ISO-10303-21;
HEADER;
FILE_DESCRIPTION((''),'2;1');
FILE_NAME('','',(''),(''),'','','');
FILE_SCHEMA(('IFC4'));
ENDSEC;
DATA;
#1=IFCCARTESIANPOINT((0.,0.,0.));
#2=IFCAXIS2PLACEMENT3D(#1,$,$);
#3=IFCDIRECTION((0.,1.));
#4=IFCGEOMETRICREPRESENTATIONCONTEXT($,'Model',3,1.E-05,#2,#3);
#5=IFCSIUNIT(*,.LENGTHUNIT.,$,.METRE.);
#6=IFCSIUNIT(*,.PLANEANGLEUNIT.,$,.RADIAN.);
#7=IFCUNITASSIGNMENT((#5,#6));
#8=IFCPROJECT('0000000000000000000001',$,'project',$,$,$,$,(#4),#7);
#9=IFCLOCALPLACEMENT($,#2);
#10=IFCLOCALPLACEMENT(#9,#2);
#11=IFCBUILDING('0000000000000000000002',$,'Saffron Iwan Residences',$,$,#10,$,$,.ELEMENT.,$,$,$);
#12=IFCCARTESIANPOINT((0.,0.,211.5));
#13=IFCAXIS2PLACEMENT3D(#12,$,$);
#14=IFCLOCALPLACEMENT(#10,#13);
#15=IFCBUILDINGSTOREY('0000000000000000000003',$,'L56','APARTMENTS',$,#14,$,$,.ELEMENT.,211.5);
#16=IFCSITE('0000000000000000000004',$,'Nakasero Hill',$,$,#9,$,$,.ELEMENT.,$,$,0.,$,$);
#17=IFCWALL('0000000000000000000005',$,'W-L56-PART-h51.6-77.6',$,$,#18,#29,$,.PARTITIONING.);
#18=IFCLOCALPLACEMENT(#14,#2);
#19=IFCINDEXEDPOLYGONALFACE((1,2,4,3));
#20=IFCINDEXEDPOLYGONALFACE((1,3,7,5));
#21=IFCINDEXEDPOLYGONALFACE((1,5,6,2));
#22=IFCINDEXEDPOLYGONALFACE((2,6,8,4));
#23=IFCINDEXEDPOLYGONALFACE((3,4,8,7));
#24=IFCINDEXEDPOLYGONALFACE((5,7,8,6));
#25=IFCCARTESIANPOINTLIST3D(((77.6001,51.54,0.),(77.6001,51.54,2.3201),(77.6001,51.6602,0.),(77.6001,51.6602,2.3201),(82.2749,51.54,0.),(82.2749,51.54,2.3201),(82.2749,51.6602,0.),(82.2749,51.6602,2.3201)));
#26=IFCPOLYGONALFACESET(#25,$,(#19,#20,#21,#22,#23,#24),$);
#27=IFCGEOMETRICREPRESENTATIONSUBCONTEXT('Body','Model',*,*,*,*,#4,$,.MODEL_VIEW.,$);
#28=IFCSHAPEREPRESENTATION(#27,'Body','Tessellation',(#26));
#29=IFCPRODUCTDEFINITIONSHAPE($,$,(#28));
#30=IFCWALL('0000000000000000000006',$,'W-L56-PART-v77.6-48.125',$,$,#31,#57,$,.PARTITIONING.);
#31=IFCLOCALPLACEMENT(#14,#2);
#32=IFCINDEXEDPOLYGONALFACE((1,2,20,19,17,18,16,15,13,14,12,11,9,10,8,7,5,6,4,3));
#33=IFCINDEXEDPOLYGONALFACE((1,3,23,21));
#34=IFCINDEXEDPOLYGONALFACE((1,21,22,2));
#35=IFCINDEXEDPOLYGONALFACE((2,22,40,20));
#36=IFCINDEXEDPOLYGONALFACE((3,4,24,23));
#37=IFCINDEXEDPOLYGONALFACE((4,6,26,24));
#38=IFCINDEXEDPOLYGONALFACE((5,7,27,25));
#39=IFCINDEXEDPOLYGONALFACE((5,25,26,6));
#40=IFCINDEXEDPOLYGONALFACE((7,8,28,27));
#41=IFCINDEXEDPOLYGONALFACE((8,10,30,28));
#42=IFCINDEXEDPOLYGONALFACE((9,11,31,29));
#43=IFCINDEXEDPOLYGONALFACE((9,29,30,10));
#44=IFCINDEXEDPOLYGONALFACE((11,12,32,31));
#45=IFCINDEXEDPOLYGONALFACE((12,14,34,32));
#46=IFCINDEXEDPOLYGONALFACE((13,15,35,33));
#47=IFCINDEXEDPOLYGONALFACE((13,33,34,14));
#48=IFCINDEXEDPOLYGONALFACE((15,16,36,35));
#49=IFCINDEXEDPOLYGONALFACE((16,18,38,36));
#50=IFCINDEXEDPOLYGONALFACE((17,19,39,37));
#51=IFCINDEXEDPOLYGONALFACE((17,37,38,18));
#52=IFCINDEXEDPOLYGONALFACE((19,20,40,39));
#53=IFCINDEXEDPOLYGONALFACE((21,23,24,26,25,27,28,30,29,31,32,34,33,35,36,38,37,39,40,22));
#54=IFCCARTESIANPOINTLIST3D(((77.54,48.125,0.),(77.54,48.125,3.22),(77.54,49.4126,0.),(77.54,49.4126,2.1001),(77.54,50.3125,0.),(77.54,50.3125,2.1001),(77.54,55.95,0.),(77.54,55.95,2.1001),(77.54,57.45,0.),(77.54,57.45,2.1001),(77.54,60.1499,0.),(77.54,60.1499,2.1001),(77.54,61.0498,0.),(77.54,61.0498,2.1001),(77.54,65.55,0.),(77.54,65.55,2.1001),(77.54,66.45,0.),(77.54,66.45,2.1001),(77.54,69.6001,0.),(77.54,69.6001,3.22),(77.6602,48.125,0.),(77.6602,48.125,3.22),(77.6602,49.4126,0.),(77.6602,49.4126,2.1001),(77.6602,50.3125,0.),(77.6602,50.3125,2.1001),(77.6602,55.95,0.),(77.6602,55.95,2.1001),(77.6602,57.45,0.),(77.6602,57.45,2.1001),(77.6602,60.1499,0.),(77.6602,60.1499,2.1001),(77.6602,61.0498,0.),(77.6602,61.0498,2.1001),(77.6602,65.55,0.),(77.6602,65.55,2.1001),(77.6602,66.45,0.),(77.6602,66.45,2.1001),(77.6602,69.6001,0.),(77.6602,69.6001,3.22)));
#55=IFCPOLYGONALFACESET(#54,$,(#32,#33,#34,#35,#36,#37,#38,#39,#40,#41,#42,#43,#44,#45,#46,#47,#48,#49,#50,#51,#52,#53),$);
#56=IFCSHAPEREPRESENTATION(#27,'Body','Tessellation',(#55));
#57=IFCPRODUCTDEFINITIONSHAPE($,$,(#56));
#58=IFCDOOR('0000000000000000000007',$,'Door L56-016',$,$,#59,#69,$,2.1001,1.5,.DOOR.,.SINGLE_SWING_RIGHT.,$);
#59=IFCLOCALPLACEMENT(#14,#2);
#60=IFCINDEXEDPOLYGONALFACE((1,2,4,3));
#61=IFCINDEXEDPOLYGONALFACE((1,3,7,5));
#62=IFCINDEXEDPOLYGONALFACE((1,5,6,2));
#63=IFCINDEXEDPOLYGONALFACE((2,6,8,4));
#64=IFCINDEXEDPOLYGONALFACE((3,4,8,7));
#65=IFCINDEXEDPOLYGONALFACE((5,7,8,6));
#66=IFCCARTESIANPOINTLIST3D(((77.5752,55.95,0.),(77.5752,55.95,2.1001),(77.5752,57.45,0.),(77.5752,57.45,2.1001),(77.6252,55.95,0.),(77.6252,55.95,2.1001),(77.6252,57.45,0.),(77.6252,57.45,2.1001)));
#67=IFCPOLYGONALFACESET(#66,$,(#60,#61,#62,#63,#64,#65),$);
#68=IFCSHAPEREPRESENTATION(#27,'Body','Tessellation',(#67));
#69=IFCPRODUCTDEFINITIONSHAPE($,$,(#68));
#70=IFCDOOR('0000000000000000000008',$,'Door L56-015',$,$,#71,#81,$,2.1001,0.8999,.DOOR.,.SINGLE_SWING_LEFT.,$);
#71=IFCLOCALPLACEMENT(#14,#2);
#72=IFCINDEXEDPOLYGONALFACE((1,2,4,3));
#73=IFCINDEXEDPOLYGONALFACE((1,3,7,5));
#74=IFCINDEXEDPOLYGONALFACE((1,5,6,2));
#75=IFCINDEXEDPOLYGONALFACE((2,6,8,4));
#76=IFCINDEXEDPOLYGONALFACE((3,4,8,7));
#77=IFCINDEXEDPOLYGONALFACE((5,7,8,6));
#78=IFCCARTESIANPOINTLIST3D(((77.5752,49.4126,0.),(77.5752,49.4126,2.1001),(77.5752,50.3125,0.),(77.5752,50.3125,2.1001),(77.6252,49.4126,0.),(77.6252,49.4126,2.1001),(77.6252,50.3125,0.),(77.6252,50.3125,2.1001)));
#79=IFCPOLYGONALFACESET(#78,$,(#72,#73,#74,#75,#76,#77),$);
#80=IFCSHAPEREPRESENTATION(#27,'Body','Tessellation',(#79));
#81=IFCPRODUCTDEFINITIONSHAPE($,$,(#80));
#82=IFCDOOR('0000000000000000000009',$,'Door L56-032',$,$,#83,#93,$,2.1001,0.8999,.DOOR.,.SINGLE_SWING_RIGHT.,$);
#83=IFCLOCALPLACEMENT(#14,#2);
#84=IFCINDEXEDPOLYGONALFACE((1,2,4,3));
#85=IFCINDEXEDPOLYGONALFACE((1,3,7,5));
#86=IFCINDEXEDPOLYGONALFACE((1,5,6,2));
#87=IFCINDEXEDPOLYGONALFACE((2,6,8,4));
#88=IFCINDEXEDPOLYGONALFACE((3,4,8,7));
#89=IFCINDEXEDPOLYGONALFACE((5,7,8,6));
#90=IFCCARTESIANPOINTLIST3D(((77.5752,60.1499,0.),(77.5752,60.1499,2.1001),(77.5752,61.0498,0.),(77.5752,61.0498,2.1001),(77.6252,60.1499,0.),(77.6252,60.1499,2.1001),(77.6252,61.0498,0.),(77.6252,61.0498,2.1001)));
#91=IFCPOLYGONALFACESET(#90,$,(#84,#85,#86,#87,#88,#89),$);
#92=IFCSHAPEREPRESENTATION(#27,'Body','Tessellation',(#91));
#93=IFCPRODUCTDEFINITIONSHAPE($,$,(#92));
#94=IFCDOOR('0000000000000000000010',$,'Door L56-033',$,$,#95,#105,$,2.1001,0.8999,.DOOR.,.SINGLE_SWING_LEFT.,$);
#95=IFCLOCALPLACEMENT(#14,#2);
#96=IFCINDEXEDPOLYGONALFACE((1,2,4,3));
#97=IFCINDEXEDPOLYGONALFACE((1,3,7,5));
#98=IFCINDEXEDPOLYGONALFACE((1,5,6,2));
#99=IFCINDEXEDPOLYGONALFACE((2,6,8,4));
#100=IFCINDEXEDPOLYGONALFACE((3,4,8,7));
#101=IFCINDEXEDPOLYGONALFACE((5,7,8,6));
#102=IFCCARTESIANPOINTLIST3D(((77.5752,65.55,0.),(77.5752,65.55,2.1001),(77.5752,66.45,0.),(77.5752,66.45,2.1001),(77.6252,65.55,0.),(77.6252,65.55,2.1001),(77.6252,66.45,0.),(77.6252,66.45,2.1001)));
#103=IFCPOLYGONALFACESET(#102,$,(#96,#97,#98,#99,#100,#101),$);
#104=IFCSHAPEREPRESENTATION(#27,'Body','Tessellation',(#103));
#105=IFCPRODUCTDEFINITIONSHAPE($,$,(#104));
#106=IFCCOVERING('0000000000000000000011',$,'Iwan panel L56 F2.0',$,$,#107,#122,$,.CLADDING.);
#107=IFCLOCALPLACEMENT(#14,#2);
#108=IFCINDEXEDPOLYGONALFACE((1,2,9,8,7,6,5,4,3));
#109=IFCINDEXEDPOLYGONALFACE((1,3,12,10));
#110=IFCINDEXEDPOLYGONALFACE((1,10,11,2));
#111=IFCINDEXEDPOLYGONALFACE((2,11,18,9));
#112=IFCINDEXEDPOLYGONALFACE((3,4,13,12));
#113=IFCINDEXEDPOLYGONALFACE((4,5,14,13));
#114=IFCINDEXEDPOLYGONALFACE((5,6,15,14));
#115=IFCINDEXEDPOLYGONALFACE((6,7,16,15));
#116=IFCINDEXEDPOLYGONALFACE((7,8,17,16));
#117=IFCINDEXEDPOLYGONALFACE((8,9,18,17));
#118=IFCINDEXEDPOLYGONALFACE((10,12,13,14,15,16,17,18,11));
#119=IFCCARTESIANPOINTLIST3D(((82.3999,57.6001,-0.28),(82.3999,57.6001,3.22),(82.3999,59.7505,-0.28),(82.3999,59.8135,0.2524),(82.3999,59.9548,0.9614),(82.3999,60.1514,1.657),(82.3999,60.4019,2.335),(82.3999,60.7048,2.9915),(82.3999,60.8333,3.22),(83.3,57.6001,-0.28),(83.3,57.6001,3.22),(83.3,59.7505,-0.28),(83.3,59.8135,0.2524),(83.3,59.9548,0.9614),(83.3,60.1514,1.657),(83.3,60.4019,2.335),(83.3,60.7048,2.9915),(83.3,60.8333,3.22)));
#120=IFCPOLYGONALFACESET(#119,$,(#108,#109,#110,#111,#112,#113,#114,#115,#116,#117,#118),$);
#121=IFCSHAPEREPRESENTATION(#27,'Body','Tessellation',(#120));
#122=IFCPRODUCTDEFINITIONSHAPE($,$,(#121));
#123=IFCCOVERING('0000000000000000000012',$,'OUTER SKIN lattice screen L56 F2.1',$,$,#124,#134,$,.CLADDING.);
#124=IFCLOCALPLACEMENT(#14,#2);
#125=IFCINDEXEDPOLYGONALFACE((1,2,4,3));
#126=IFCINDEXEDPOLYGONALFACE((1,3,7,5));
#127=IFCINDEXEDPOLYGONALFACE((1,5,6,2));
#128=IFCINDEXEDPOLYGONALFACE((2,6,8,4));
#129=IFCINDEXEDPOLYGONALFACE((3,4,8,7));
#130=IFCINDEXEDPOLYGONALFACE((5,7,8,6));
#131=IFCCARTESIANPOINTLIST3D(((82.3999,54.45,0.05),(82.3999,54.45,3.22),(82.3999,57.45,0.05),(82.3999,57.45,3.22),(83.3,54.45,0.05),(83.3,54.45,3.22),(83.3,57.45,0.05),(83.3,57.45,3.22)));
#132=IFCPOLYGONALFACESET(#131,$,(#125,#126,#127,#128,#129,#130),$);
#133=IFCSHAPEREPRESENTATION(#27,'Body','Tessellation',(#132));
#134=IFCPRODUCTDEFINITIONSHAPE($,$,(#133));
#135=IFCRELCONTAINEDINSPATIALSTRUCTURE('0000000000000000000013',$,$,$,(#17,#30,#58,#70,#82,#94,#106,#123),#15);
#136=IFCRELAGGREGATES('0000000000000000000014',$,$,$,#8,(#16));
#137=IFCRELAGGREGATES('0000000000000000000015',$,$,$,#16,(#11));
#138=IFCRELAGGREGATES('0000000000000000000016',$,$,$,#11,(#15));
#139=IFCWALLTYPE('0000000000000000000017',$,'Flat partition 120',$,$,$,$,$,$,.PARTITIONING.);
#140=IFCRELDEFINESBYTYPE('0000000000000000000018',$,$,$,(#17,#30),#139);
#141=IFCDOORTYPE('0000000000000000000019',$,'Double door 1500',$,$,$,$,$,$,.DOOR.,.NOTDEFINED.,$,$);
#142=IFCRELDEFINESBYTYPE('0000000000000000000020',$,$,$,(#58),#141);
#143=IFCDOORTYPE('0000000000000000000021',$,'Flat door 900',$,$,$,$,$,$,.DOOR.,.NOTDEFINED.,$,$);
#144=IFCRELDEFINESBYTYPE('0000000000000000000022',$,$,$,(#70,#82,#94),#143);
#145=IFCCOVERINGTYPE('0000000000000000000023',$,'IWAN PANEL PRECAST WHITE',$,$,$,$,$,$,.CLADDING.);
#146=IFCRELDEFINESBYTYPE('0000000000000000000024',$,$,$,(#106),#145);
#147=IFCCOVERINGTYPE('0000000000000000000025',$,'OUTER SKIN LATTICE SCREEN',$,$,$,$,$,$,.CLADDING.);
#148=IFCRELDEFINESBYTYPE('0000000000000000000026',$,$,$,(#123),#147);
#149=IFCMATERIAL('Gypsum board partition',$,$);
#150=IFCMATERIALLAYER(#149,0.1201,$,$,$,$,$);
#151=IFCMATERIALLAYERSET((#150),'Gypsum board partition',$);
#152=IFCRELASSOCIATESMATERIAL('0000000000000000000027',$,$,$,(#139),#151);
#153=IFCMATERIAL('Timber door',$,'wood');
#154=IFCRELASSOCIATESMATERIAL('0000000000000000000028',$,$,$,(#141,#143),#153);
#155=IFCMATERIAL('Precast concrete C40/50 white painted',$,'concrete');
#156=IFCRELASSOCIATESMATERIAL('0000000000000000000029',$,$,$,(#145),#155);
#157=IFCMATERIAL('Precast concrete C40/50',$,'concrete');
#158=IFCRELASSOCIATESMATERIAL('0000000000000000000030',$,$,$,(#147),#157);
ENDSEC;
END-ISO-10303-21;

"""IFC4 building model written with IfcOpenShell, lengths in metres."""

from ifc_helpers import new_model, si_unit, direction, frame, frame_2d, origin, place, context, subcontext, project, spatial, polyline, rectangle, outline, extrude, material, layer, layer_set, type_object, element, fill, save


model = new_model("IFC4")

# Units and contexts
model_context = context("Model", 3, precision=1e-05, world=origin(), true_north=direction((0.0, 1.0)))
body_context = subcontext(model_context, "Body", "Model", "MODEL_VIEW")
ifc_project = project(units=[si_unit("LENGTHUNIT", "METRE"), si_unit("PLANEANGLEUNIT", "RADIAN")], contexts=[model_context])

# Site, building, storey
site_placement = place(None, origin())
site = spatial("IfcSite", under=ifc_project, at=site_placement, Name="Nakasero Hill", CompositionType="ELEMENT", RefElevation=0.0)
building_placement = place(site_placement, origin())
building = spatial("IfcBuilding", under=site, at=building_placement, Name="Saffron Iwan Residences", CompositionType="ELEMENT")
storey_placement = place(building_placement, frame((0.0, 0.0, 211.5)))
storey = spatial("IfcBuildingStorey", under=building, at=storey_placement, Name="L56", Description="APARTMENTS", CompositionType="ELEMENT", Elevation=211.5)

# Wall
ifc_material_1 = material(Name="Gypsum board partition")
ifc_layer_1 = layer(ifc_material_1, 0.1201)
ifc_layer_set_1 = layer_set([ifc_layer_1], Name="Gypsum board partition")
wall_type_1 = type_object("IfcWallType", Name="Flat partition 120", PredefinedType="PARTITIONING", material=ifc_layer_set_1)
wall_1_placement = place(storey_placement, frame((77.6001, 51.6001, 0.0), z_axis=(0.0, 0.0, 1.0), x_axis=(1.0, 0.0, 0.0)))
element("IfcWall", 1, at=wall_1_placement, inside=storey, type_object=wall_type_1, Name="W-L56-PART-h51.6-77.6", PredefinedType="PARTITIONING", context=body_context, shape_type="SweptSolid", body=[
    extrude(rectangle(XDim=4.6748, YDim=0.1201, at=frame_2d((2.3374, 0.0))), origin(), (0.0, 0.0, 1.0), 2.3201),
])

# Wall, openings, doors
wall_2_placement = place(storey_placement, frame((77.6001, 48.125, 0.0), z_axis=(0.0, 0.0, 1.0), x_axis=(0.0, 1.0, 0.0)))
wall_2 = element("IfcWall", 2, at=wall_2_placement, inside=storey, type_object=wall_type_1, Name="W-L56-PART-v77.6-48.125", PredefinedType="PARTITIONING", context=body_context, shape_type="SweptSolid", body=[
    extrude(rectangle(XDim=21.4751, YDim=0.1201, at=frame_2d((10.7375, 0.0))), origin(), (0.0, 0.0, 1.0), 3.22),
])
opening_1_placement = place(wall_2_placement, frame((1.2876, 0.0, 0.0)))
opening_1 = element("IfcOpeningElement", 3, at=opening_1_placement, cuts=wall_2, PredefinedType="OPENING", context=body_context, shape_type="SweptSolid", body=[
    extrude(rectangle(XDim=0.8999, YDim=2.1001, at=frame_2d((0.45, 1.05))), frame((0.0, 0.0701, 0.0), z_axis=(0.0, -1.0, 0.0), x_axis=(1.0, 0.0, 0.0)), (0.0, 0.0, 1.0), 0.1401),
])
opening_2_placement = place(wall_2_placement, frame((7.825, 0.0, 0.0)))
opening_2 = element("IfcOpeningElement", 4, at=opening_2_placement, cuts=wall_2, PredefinedType="OPENING", context=body_context, shape_type="SweptSolid", body=[
    extrude(rectangle(XDim=1.5, YDim=2.1001, at=frame_2d((0.75, 1.05))), frame((0.0, 0.0701, 0.0), z_axis=(0.0, -1.0, 0.0), x_axis=(1.0, 0.0, 0.0)), (0.0, 0.0, 1.0), 0.1401),
])
opening_3_placement = place(wall_2_placement, frame((12.0249, 0.0, 0.0)))
opening_3 = element("IfcOpeningElement", 5, at=opening_3_placement, cuts=wall_2, PredefinedType="OPENING", context=body_context, shape_type="SweptSolid", body=[
    extrude(rectangle(XDim=0.8999, YDim=2.1001, at=frame_2d((0.45, 1.05))), frame((0.0, 0.0701, 0.0), z_axis=(0.0, -1.0, 0.0), x_axis=(1.0, 0.0, 0.0)), (0.0, 0.0, 1.0), 0.1401),
])
opening_4_placement = place(wall_2_placement, frame((17.425, 0.0, 0.0)))
opening_4 = element("IfcOpeningElement", 6, at=opening_4_placement, cuts=wall_2, PredefinedType="OPENING", context=body_context, shape_type="SweptSolid", body=[
    extrude(rectangle(XDim=0.8999, YDim=2.1001, at=frame_2d((0.45, 1.05))), frame((0.0, 0.0701, 0.0), z_axis=(0.0, -1.0, 0.0), x_axis=(1.0, 0.0, 0.0)), (0.0, 0.0, 1.0), 0.1401),
])
ifc_material_2 = material(Name="Timber door", Category="wood")
door_type_1 = type_object("IfcDoorType", Name="Double door 1500", OperationType="NOTDEFINED", PredefinedType="DOOR", material=ifc_material_2)
door_1_placement = place(opening_2_placement, origin())
door_1 = element("IfcDoor", 7, at=door_1_placement, inside=storey, type_object=door_type_1, Name="Door L56-016", OperationType="SINGLE_SWING_RIGHT", OverallHeight=2.1001, OverallWidth=1.5, PredefinedType="DOOR", context=body_context, shape_type="SweptSolid", body=[
    extrude(rectangle(XDim=1.5, YDim=2.1001, at=frame_2d((0.75, 1.05))), frame((0.0, 0.0249, 0.0), z_axis=(0.0, -1.0, 0.0), x_axis=(1.0, 0.0, 0.0)), (0.0, 0.0, 1.0), 0.05),
])
fill(opening_2, door_1)
door_type_2 = type_object("IfcDoorType", Name="Flat door 900", OperationType="NOTDEFINED", PredefinedType="DOOR", material=ifc_material_2)
door_2_placement = place(opening_1_placement, origin())
door_2 = element("IfcDoor", 8, at=door_2_placement, inside=storey, type_object=door_type_2, Name="Door L56-015", OperationType="SINGLE_SWING_LEFT", OverallHeight=2.1001, OverallWidth=0.8999, PredefinedType="DOOR", context=body_context, shape_type="SweptSolid", body=[
    extrude(rectangle(XDim=0.8999, YDim=2.1001, at=frame_2d((0.45, 1.05))), frame((0.0, 0.0249, 0.0), z_axis=(0.0, -1.0, 0.0), x_axis=(1.0, 0.0, 0.0)), (0.0, 0.0, 1.0), 0.05),
])
fill(opening_1, door_2)
door_3_placement = place(opening_3_placement, origin())
door_3 = element("IfcDoor", 9, at=door_3_placement, inside=storey, type_object=door_type_2, Name="Door L56-032", OperationType="SINGLE_SWING_RIGHT", OverallHeight=2.1001, OverallWidth=0.8999, PredefinedType="DOOR", context=body_context, shape_type="SweptSolid", body=[
    extrude(rectangle(XDim=0.8999, YDim=2.1001, at=frame_2d((0.45, 1.05))), frame((0.0, 0.0249, 0.0), z_axis=(0.0, -1.0, 0.0), x_axis=(1.0, 0.0, 0.0)), (0.0, 0.0, 1.0), 0.05),
])
fill(opening_3, door_3)
door_4_placement = place(opening_4_placement, origin())
door_4 = element("IfcDoor", 10, at=door_4_placement, inside=storey, type_object=door_type_2, Name="Door L56-033", OperationType="SINGLE_SWING_LEFT", OverallHeight=2.1001, OverallWidth=0.8999, PredefinedType="DOOR", context=body_context, shape_type="SweptSolid", body=[
    extrude(rectangle(XDim=0.8999, YDim=2.1001, at=frame_2d((0.45, 1.05))), frame((0.0, 0.0249, 0.0), z_axis=(0.0, -1.0, 0.0), x_axis=(1.0, 0.0, 0.0)), (0.0, 0.0, 1.0), 0.05),
])
fill(opening_4, door_4)

# Coverings
ifc_material_3 = material(Name="Precast concrete C40/50 white painted", Category="concrete")
covering_type_1 = type_object("IfcCoveringType", Name="IWAN PANEL PRECAST WHITE", PredefinedType="CLADDING", material=ifc_material_3)
covering_1_placement = place(storey_placement, frame((82.3999, 57.6001, -0.28), z_axis=(1.0, 0.0, 0.0), x_axis=(0.0, 1.0, 0.0)))
element("IfcCovering", 11, at=covering_1_placement, inside=storey, type_object=covering_type_1, Name="Iwan panel L56 F2.0", PredefinedType="CLADDING", context=body_context, shape_type="SweptSolid", body=[
    extrude(outline(polyline([(0.0, 0.0), (0.0, 3.5), (3.2332, 3.5), (3.1047, 3.2715), (2.8018, 2.615), (2.5513, 1.937), (2.3547, 1.2415), (2.2134, 0.5325), (2.1504, 0.0), (0.0, 0.0)])), origin(), (0.0, 0.0, 1.0), 0.9001),
])
ifc_material_4 = material(Name="Precast concrete C40/50", Category="concrete")
covering_type_2 = type_object("IfcCoveringType", Name="OUTER SKIN LATTICE SCREEN", PredefinedType="CLADDING", material=ifc_material_4)
covering_2_placement = place(storey_placement, frame((82.3999, 54.45, 0.05), z_axis=(1.0, 0.0, 0.0), x_axis=(0.0, 1.0, 0.0)))
element("IfcCovering", 12, at=covering_2_placement, inside=storey, type_object=covering_type_2, Name="OUTER SKIN lattice screen L56 F2.1", PredefinedType="CLADDING", context=body_context, shape_type="SweptSolid", body=[
    extrude(outline(polyline([(0.0, 0.0), (3.0, 0.0), (3.0, 3.1699), (0.0, 3.1699), (0.0, 0.0)])), origin(), (0.0, 0.0, 1.0), 0.9001),
])

save(model, "model.ifc")
